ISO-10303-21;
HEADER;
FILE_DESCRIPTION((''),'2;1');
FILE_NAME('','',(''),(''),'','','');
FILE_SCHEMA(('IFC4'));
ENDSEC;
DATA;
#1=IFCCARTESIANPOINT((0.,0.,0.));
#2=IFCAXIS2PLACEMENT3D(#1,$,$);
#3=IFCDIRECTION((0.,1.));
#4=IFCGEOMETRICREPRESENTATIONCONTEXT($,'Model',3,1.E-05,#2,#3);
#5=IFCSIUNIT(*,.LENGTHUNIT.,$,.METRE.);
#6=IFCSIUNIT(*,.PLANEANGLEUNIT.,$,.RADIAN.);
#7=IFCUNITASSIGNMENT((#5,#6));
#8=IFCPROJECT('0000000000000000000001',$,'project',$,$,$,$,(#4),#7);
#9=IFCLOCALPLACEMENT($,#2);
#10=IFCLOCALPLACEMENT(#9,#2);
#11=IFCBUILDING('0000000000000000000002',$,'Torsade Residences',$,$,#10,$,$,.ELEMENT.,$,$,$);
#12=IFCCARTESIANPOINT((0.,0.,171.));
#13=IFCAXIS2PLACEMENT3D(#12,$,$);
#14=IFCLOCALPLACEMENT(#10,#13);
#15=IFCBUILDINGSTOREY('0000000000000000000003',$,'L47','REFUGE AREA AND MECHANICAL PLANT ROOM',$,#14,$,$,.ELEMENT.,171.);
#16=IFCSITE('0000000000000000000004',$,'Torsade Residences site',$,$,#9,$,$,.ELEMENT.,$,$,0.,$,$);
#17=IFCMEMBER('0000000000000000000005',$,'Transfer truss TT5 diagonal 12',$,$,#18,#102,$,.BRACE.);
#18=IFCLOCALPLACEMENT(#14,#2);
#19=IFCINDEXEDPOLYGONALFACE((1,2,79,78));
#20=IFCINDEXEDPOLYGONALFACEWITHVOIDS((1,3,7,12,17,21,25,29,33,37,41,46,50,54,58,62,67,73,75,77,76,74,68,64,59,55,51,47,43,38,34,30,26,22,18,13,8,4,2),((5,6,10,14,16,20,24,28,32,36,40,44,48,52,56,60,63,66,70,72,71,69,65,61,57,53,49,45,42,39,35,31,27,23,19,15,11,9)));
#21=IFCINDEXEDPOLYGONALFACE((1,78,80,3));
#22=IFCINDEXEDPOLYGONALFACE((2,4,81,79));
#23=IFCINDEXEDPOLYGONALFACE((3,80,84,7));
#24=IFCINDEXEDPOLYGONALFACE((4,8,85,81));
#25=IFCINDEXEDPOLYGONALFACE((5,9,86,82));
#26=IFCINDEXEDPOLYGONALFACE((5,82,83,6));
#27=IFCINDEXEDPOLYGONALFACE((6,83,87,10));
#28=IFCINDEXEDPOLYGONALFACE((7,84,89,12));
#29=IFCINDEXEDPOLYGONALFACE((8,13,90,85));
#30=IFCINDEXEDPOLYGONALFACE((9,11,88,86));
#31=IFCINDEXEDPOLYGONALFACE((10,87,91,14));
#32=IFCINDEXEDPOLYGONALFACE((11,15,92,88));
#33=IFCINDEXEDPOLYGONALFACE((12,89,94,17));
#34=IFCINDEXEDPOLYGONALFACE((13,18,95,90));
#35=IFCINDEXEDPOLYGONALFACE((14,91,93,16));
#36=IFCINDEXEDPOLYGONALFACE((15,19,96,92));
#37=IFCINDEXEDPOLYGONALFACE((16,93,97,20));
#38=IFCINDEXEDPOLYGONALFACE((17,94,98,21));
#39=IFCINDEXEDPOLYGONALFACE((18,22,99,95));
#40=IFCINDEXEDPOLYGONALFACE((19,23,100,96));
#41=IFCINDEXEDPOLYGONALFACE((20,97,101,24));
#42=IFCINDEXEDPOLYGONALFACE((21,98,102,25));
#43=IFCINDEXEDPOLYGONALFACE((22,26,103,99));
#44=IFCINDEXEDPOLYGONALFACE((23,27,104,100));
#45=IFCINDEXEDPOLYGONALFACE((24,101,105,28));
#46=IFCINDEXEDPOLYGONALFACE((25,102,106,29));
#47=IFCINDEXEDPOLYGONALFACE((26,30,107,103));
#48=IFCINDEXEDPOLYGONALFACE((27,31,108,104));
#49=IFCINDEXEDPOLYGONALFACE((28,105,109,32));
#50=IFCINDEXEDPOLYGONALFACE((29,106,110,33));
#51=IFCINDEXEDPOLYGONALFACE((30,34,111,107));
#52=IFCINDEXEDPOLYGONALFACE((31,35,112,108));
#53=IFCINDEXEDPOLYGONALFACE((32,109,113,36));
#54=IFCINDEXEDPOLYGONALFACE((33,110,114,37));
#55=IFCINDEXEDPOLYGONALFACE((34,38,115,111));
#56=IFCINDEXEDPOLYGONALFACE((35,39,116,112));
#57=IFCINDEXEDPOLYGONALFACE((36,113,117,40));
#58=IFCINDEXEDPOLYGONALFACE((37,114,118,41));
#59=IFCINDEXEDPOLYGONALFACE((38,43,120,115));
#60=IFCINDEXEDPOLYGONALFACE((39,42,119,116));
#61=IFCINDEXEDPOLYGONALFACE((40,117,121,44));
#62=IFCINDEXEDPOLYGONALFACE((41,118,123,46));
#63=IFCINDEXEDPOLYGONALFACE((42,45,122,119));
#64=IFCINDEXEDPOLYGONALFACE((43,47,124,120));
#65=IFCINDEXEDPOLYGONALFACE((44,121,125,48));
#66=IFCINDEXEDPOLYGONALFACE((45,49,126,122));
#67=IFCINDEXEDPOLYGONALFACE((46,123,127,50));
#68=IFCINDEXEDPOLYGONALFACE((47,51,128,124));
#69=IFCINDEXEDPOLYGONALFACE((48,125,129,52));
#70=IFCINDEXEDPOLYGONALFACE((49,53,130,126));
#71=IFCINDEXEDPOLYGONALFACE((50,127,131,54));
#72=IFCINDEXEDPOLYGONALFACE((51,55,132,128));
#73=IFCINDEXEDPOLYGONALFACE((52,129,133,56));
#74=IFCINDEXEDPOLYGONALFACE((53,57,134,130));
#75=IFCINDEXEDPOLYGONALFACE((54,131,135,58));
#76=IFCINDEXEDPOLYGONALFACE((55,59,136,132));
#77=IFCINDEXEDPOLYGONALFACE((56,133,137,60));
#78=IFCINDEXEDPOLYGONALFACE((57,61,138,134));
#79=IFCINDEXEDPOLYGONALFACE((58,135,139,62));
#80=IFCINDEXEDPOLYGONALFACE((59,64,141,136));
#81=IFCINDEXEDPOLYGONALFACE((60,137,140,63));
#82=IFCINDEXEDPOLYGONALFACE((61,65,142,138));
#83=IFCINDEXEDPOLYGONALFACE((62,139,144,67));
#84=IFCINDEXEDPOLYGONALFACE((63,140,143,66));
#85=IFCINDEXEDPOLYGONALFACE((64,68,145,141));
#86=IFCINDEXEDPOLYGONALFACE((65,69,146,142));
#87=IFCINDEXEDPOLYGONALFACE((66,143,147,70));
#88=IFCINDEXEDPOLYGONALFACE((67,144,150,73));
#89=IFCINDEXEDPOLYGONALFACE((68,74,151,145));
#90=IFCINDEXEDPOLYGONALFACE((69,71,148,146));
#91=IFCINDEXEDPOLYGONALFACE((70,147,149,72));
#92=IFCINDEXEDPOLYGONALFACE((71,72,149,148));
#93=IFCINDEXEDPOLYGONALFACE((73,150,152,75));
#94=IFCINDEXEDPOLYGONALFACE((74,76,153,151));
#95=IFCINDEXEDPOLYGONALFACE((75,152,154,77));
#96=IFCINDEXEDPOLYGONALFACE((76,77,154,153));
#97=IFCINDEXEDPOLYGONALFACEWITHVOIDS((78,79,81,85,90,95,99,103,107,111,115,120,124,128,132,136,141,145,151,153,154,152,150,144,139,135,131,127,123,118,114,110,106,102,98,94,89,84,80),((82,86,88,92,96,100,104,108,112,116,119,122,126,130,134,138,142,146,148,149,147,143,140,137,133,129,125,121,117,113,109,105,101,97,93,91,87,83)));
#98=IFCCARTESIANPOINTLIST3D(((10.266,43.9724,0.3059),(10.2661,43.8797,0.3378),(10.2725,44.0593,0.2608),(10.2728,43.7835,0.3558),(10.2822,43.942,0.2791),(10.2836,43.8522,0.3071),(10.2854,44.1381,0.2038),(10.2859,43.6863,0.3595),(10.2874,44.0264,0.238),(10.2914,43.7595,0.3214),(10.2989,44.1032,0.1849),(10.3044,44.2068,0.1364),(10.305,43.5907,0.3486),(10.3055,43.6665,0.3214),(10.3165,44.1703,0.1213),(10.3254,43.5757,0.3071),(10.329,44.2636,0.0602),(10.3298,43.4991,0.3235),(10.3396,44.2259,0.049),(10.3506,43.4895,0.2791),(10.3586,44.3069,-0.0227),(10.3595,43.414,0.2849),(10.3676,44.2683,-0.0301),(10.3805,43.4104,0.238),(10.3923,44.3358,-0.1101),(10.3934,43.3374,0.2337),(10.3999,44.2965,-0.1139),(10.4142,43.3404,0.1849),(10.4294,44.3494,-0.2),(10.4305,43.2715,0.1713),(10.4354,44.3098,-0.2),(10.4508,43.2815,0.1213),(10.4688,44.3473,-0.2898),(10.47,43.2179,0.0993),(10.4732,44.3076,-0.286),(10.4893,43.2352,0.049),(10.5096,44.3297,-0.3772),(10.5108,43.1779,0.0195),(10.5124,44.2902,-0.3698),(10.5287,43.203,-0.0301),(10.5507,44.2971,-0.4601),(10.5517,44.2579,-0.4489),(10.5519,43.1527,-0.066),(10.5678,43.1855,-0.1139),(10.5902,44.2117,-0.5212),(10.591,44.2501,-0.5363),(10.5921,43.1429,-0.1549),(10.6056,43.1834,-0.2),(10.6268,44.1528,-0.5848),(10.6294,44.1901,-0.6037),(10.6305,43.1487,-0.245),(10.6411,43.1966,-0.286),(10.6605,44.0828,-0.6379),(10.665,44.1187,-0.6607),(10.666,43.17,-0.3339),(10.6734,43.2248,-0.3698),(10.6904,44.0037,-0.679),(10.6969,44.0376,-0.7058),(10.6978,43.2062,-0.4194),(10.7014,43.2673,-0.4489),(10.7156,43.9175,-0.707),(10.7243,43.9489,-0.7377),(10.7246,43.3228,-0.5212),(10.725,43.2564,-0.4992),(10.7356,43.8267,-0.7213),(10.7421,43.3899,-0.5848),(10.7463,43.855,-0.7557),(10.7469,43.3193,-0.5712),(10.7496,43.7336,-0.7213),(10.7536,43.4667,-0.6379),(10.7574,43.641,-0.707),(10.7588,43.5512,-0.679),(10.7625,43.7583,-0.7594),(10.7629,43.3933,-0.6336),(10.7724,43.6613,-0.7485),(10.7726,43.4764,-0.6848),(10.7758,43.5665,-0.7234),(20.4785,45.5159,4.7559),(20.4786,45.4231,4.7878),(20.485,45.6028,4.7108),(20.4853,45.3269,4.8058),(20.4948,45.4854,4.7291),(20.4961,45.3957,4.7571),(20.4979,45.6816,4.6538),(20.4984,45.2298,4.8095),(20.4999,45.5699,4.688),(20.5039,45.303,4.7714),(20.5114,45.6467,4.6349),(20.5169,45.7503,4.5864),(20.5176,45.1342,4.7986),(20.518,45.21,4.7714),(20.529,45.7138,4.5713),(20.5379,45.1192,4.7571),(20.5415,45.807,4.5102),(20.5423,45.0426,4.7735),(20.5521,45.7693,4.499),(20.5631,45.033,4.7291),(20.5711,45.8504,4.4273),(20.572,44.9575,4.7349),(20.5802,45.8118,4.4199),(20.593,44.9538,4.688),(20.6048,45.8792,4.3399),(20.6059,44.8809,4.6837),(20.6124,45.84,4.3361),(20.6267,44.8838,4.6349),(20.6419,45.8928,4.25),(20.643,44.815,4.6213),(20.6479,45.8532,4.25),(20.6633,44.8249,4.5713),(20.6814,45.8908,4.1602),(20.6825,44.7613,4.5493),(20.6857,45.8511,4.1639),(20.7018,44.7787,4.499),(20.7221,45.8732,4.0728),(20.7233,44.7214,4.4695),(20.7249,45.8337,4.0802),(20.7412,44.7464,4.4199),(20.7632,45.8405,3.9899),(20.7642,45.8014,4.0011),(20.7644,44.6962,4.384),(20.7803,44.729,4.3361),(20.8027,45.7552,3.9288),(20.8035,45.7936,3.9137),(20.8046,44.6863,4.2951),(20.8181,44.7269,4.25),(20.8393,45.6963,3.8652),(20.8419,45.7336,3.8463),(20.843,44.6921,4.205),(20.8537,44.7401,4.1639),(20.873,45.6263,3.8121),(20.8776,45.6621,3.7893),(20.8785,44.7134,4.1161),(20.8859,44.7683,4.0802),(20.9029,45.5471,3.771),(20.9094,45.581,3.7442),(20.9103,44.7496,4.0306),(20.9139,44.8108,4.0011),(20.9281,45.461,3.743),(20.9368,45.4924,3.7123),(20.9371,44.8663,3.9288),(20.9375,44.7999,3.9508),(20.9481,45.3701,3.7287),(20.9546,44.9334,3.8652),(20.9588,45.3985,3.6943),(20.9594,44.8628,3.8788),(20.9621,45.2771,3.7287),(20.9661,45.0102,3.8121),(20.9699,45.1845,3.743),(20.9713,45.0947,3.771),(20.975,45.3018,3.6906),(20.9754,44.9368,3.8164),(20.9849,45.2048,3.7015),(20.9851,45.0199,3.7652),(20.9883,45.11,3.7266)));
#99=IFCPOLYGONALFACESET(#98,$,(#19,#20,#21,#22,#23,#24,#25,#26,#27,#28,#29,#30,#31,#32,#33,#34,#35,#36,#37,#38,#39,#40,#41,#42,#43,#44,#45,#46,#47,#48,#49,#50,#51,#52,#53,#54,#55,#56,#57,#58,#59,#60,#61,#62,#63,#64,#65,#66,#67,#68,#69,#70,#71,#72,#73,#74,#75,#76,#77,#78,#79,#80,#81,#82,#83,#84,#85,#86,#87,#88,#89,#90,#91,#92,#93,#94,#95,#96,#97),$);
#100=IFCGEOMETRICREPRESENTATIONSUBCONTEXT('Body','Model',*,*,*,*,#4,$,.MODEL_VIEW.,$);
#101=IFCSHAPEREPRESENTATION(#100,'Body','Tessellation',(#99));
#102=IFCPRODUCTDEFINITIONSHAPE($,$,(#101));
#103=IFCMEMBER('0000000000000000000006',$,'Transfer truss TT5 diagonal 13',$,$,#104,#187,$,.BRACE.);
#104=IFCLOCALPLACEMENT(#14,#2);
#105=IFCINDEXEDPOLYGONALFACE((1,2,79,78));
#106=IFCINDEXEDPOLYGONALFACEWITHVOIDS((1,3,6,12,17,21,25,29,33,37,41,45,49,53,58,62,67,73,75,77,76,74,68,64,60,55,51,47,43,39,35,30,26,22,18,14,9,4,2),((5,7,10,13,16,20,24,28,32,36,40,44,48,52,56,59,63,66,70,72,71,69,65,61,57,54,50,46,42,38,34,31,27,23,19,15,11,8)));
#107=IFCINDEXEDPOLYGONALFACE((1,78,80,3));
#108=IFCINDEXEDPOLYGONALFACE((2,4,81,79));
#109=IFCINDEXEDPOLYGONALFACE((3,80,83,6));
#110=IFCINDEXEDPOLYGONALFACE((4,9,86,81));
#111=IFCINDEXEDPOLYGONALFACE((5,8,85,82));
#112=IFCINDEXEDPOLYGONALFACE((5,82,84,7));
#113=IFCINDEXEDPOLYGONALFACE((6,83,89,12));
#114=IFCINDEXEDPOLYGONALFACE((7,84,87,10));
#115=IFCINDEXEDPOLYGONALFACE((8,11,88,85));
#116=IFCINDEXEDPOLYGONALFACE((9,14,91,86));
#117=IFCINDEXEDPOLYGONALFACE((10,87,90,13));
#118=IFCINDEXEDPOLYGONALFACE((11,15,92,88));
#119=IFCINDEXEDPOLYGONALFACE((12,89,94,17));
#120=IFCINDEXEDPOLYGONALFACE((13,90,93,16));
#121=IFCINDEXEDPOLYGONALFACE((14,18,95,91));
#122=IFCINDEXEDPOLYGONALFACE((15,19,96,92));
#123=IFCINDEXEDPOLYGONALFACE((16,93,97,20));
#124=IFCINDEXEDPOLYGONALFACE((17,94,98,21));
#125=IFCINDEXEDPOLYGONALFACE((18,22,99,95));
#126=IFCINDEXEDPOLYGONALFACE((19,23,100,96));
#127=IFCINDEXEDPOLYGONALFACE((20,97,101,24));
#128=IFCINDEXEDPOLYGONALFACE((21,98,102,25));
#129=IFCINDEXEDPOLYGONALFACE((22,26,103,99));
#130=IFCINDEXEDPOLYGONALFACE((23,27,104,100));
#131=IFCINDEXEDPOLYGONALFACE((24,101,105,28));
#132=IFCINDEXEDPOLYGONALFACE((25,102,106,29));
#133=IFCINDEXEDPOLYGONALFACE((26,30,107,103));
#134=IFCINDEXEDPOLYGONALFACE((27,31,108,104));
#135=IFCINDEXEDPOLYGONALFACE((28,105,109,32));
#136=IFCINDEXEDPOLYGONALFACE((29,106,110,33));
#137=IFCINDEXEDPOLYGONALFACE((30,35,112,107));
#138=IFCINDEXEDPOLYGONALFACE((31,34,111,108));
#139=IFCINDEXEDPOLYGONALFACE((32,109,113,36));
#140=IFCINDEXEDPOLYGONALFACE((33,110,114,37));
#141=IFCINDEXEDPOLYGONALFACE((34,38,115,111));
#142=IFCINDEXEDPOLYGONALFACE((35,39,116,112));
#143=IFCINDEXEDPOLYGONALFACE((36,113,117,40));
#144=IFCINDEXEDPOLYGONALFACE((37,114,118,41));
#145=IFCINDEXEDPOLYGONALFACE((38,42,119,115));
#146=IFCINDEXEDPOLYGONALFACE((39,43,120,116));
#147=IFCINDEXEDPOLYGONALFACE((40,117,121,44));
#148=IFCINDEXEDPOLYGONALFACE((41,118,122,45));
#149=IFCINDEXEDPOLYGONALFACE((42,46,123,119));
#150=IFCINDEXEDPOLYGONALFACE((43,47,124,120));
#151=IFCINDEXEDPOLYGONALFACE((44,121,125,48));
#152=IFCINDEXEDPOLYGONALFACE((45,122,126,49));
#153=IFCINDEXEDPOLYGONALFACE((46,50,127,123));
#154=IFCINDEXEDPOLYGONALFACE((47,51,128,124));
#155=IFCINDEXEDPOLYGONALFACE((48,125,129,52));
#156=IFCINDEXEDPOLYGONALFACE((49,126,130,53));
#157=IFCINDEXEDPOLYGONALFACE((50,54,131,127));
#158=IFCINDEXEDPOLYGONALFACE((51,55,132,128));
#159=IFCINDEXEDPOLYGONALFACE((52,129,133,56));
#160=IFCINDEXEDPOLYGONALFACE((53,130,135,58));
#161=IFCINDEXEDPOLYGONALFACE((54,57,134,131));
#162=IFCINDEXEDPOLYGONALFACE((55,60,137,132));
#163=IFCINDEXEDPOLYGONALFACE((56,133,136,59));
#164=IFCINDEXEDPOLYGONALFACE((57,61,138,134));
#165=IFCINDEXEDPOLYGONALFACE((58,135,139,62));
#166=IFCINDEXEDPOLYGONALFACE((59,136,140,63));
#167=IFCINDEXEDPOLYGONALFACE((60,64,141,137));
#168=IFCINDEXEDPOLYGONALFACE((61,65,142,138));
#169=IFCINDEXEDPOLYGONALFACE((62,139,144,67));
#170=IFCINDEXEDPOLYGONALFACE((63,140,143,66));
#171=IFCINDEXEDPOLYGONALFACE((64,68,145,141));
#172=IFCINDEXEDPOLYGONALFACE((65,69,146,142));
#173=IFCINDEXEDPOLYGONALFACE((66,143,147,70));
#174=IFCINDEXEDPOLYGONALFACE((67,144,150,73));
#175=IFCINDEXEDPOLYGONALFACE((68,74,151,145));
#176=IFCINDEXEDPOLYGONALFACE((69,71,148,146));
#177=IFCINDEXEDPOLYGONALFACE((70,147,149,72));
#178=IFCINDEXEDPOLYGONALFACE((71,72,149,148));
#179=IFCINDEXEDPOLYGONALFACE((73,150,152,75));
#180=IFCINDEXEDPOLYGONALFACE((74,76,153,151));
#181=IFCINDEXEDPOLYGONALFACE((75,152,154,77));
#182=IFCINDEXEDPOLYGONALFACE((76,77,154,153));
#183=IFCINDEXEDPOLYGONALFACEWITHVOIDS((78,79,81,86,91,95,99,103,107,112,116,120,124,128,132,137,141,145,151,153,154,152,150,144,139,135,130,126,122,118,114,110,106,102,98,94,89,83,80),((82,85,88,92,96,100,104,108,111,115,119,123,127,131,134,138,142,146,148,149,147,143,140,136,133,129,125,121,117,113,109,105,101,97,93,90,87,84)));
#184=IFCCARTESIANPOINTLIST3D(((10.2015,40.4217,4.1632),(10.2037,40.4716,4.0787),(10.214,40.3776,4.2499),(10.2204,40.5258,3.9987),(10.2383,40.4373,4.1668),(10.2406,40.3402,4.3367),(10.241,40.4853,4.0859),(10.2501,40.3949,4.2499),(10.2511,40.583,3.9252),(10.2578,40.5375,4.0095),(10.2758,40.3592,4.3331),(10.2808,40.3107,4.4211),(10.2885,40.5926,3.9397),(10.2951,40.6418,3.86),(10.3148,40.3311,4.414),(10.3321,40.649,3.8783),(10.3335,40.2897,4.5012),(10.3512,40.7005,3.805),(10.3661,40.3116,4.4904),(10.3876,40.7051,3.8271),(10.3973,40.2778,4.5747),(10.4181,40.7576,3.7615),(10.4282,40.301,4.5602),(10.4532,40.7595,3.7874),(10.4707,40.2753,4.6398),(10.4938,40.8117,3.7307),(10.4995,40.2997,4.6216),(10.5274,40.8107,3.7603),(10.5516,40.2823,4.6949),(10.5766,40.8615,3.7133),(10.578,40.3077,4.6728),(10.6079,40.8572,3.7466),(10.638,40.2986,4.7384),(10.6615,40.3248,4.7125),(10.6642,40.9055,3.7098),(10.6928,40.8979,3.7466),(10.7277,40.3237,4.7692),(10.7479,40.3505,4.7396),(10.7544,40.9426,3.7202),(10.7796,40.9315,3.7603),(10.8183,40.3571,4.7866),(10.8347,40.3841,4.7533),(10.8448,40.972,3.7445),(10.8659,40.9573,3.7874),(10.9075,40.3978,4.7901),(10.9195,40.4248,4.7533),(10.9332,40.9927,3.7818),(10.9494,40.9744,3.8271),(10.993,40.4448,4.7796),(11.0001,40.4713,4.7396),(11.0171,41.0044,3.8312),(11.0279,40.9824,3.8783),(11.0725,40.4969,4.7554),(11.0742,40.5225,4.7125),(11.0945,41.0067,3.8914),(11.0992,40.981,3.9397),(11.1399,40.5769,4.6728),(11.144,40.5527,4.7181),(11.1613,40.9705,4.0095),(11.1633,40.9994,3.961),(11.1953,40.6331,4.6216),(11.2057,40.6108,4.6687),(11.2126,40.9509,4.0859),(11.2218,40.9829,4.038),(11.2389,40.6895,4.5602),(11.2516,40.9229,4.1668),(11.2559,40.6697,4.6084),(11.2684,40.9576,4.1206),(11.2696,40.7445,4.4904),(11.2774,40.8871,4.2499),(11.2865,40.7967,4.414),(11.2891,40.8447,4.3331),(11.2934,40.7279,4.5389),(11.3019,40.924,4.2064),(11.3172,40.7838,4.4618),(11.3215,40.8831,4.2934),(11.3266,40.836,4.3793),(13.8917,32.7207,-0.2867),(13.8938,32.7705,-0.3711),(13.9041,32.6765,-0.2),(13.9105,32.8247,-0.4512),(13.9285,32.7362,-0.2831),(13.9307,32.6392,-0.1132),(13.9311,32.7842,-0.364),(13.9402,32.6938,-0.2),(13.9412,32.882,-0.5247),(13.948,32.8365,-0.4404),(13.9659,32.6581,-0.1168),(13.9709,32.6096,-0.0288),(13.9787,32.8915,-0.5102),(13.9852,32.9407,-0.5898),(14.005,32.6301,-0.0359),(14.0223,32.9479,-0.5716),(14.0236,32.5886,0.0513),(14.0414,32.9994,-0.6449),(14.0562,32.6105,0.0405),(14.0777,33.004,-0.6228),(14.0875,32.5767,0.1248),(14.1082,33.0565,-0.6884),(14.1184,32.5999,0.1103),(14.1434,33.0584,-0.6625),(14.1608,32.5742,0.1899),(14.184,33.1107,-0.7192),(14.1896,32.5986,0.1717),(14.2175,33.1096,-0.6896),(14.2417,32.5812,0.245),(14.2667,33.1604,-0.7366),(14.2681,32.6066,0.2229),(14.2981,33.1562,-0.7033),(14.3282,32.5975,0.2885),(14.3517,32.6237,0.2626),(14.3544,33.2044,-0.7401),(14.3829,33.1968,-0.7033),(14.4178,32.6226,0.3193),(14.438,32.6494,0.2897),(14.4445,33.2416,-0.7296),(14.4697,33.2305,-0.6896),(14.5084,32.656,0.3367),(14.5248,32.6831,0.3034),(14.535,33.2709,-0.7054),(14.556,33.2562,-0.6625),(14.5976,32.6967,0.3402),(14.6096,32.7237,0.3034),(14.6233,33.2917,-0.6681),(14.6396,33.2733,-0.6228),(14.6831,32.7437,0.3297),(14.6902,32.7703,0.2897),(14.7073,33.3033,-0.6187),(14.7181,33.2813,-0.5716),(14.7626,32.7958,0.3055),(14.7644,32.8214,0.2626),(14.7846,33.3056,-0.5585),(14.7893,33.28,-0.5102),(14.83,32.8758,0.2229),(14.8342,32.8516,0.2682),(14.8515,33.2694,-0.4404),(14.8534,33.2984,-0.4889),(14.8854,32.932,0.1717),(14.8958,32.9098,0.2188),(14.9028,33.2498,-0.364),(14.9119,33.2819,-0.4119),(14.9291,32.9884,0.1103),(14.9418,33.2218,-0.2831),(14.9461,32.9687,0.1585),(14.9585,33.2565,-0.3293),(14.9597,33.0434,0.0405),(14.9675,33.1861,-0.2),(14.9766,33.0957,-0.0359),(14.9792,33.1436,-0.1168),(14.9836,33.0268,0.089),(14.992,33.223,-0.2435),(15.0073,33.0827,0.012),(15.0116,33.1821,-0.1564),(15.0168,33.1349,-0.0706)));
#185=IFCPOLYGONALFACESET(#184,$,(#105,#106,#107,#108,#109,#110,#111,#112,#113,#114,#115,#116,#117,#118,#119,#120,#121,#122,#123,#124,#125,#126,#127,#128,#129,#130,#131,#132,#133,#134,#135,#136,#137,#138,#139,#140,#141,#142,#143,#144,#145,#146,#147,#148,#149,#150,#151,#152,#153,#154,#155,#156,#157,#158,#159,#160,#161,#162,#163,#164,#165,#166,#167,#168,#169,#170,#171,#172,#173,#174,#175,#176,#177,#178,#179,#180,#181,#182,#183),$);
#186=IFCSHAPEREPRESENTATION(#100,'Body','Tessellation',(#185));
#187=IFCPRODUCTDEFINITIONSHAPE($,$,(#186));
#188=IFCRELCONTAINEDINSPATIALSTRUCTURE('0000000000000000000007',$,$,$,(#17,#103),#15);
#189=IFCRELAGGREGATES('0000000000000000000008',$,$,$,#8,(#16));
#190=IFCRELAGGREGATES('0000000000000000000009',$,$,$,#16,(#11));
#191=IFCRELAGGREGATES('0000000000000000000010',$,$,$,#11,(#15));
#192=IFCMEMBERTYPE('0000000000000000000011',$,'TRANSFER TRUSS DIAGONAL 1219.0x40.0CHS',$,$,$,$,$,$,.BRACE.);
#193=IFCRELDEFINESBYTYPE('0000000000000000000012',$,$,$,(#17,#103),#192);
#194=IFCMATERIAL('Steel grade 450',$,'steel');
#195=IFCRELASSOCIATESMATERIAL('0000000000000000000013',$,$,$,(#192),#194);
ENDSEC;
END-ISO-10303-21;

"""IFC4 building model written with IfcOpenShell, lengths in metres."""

from ifc_helpers import new_model, si_unit, direction, frame, origin, origin_2d, place, context, subcontext, project, spatial, hollow_circle, extrude, material, material_profile, profile_set, type_object, element, save


model = new_model("IFC4")

# Units and contexts
model_context = context("Model", 3, precision=1e-05, world=origin(), true_north=direction((0.0, 1.0)))
body_context = subcontext(model_context, "Body", "Model", "MODEL_VIEW")
ifc_project = project(units=[si_unit("LENGTHUNIT", "METRE"), si_unit("PLANEANGLEUNIT", "RADIAN")], contexts=[model_context])

# Site, building, storey
site_placement = place(None, origin())
site = spatial("IfcSite", under=ifc_project, at=site_placement, Name="Torsade Residences site", CompositionType="ELEMENT", RefElevation=0.0)
building_placement = place(site_placement, origin())
building = spatial("IfcBuilding", under=site, at=building_placement, Name="Torsade Residences", CompositionType="ELEMENT")
storey_placement = place(building_placement, frame((0.0, 0.0, 171.0)))
storey = spatial("IfcBuildingStorey", under=building, at=storey_placement, Name="L47", Description="REFUGE AREA AND MECHANICAL PLANT ROOM", CompositionType="ELEMENT", Elevation=171.0)

# Members
ifc_material_1 = material(Name="Steel grade 450", Category="steel")
ifc_material_profile_1 = material_profile(ifc_material_1, hollow_circle(Radius=0.6096, WallThickness=0.04, at=origin_2d()), Name="1219.0x40.0CHS")
ifc_profile_set_1 = profile_set([ifc_material_profile_1], Name="Steel grade 450")
member_type_1 = type_object("IfcMemberType", Name="TRANSFER TRUSS DIAGONAL 1219.0x40.0CHS", PredefinedType="BRACE", material=ifc_profile_set_1)
member_1_placement = place(storey_placement, frame((10.5205, 43.7466, -0.2), z_axis=(0.908074, 0.137242, 0.395684), x_axis=(-0.149438, 0.988771, 0.0)))
element("IfcMember", 1, at=member_1_placement, inside=storey, type_object=member_type_1, Name="Transfer truss TT5 diagonal 12", PredefinedType="BRACE", context=body_context, shape_type="SweptSolid", body=[
    extrude(hollow_circle(Radius=0.6096, WallThickness=0.04, at=origin_2d()), origin(), (0.0, 0.0, 1.0), 11.2463),
])
member_2_placement = place(storey_placement, frame((14.4539, 32.9399, -0.2), z_axis=(-0.383216, 0.799746, 0.462116), x_axis=(-0.901814, -0.432124, 0.0)))
element("IfcMember", 2, at=member_2_placement, inside=storey, type_object=member_type_1, Name="Transfer truss TT5 diagonal 13", PredefinedType="BRACE", context=body_context, shape_type="SweptSolid", body=[
    extrude(hollow_circle(Radius=0.6096, WallThickness=0.04, at=origin_2d()), origin(), (0.0, 0.0, 1.0), 9.6294),
])

save(model, "model.ifc")
